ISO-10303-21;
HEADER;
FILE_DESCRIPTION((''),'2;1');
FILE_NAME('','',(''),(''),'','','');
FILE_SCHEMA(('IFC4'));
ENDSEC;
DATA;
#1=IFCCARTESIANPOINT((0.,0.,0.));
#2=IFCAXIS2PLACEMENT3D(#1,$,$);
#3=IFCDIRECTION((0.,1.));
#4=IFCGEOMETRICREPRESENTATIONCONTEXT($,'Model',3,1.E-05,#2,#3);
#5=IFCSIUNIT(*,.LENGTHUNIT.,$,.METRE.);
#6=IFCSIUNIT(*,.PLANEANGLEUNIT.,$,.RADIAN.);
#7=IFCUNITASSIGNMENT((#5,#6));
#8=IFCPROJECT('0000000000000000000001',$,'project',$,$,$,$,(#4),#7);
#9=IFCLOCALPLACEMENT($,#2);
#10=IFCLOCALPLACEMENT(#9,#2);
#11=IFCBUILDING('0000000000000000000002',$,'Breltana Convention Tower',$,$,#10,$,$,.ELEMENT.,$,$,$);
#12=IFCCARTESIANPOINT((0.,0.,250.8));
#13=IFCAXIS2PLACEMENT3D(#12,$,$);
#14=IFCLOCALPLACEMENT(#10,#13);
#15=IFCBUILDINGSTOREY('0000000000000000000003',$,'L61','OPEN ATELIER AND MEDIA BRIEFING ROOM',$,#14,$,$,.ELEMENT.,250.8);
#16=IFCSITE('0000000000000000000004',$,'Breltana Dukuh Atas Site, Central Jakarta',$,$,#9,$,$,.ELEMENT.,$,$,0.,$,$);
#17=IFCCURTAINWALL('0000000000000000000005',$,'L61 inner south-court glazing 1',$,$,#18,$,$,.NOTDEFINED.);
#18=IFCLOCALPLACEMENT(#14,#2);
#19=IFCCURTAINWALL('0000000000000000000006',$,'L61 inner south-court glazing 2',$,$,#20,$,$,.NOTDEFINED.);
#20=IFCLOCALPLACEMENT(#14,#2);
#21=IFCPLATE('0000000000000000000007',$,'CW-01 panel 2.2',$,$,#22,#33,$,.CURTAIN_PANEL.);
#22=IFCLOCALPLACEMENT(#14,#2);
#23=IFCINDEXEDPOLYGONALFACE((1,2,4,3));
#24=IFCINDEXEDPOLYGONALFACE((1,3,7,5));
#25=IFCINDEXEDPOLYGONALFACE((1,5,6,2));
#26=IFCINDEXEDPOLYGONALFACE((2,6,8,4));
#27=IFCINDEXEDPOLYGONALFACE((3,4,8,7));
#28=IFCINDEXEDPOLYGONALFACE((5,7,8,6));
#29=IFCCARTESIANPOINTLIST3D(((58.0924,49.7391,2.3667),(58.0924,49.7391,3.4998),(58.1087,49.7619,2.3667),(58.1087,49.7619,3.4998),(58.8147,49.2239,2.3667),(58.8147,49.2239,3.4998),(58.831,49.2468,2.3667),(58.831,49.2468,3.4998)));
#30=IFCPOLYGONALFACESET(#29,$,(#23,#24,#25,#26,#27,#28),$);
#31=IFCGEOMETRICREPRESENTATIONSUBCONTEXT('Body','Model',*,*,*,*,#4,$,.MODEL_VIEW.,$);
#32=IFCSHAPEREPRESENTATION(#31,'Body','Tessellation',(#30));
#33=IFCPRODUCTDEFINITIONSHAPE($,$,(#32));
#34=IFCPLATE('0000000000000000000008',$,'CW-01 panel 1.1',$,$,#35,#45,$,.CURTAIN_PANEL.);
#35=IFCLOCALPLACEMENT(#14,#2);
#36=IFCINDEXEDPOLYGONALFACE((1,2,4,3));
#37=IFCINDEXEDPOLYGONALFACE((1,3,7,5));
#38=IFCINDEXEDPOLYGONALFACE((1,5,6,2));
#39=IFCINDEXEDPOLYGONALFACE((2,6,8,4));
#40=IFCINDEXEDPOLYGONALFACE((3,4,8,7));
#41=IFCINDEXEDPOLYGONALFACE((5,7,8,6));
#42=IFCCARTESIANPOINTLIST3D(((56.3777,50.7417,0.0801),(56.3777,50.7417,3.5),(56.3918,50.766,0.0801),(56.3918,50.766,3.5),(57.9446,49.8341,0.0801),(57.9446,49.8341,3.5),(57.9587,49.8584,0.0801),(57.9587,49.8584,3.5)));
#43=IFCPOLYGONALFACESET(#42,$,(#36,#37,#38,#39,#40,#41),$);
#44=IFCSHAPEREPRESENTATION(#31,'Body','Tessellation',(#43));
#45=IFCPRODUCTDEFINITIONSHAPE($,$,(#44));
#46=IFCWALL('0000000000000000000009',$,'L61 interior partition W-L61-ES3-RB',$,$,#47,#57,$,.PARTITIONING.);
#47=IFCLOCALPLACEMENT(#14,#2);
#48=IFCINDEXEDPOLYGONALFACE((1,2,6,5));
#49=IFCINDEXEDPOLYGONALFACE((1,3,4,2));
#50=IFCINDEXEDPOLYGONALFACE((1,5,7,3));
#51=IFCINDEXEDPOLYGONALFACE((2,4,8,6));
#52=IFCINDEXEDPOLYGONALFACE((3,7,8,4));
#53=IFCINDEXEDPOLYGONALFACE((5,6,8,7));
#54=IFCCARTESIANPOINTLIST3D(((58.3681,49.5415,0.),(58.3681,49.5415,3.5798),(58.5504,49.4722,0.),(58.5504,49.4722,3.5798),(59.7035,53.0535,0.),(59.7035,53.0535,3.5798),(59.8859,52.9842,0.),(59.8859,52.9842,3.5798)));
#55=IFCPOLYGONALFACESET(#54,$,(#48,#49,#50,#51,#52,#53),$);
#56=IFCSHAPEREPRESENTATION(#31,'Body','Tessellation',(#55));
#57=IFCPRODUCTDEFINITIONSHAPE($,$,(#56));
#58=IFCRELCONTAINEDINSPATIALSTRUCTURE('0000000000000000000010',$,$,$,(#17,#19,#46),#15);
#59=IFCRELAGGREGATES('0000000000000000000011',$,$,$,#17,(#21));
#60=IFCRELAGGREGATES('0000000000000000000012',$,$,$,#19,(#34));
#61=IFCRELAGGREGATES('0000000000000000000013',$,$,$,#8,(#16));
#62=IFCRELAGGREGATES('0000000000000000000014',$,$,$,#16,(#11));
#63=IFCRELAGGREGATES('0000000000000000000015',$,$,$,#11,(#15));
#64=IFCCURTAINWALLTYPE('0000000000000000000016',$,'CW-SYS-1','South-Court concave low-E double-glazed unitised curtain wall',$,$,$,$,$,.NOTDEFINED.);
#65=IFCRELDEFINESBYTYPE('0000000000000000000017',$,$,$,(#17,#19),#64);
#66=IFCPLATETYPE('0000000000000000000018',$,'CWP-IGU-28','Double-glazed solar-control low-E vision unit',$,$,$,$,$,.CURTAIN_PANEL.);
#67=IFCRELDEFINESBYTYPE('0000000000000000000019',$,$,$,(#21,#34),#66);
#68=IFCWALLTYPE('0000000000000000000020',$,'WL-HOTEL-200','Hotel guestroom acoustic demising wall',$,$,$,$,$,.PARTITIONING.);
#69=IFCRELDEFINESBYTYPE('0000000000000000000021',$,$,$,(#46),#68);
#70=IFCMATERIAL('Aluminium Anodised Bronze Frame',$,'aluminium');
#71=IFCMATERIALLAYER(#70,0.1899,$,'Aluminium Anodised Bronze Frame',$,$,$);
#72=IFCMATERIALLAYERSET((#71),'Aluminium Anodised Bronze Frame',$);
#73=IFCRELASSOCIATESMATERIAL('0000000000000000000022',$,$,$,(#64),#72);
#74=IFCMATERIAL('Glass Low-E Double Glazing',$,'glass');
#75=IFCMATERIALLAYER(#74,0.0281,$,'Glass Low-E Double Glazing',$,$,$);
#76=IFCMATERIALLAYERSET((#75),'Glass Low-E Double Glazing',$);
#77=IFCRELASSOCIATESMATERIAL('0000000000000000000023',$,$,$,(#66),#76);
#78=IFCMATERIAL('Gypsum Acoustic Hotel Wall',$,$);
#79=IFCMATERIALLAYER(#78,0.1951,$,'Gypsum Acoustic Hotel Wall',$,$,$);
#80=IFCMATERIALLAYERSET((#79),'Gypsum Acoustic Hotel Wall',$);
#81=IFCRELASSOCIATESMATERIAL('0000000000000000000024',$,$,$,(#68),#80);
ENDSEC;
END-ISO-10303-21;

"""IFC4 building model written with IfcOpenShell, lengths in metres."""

from ifc_helpers import new_model, si_unit, direction, frame, frame_2d, origin, origin_2d, place, context, subcontext, project, spatial, rectangle, extrude, source, transform, mapped, material, layer, layer_set, type_object, element, aggregate, save


model = new_model("IFC4")

# Units and contexts
model_context = context("Model", 3, precision=1e-05, world=origin(), true_north=direction((0.0, 1.0)))
body_context = subcontext(model_context, "Body", "Model", "MODEL_VIEW")
ifc_project = project(units=[si_unit("LENGTHUNIT", "METRE"), si_unit("PLANEANGLEUNIT", "RADIAN")], contexts=[model_context])

# Site, building, storey
site_placement = place(None, origin())
site = spatial("IfcSite", under=ifc_project, at=site_placement, Name="Breltana Dukuh Atas Site, Central Jakarta", CompositionType="ELEMENT", RefElevation=0.0)
building_placement = place(site_placement, origin())
building = spatial("IfcBuilding", under=site, at=building_placement, Name="Breltana Convention Tower", CompositionType="ELEMENT")
storey_placement = place(building_placement, frame((0.0, 0.0, 250.8)))
storey = spatial("IfcBuildingStorey", under=building, at=storey_placement, Name="L61", Description="OPEN ATELIER AND MEDIA BRIEFING ROOM", CompositionType="ELEMENT", Elevation=250.8)

# Curtain walls
ifc_material_1 = material(Name="Aluminium Anodised Bronze Frame", Category="aluminium")
ifc_layer_1 = layer(ifc_material_1, 0.1899, Name="Aluminium Anodised Bronze Frame")
ifc_layer_set_1 = layer_set([ifc_layer_1], Name="Aluminium Anodised Bronze Frame")
curtain_wall_type = type_object("IfcCurtainWallType", Name="CW-SYS-1", Description="South-Court concave low-E double-glazed unitised curtain wall", PredefinedType="NOTDEFINED", material=ifc_layer_set_1)
curtain_wall_1_placement = place(storey_placement, origin())
curtain_wall_1 = element("IfcCurtainWall", 1, at=curtain_wall_1_placement, inside=storey, type_object=curtain_wall_type, Name="L61 inner south-court glazing 1", PredefinedType="NOTDEFINED")
curtain_wall_2_placement = place(storey_placement, origin())
curtain_wall_2 = element("IfcCurtainWall", 2, at=curtain_wall_2_placement, inside=storey, type_object=curtain_wall_type, Name="L61 inner south-court glazing 2", PredefinedType="NOTDEFINED")

# Plates
ifc_material_2 = material(Name="Glass Low-E Double Glazing", Category="glass")
ifc_layer_2 = layer(ifc_material_2, 0.0281, Name="Glass Low-E Double Glazing")
ifc_layer_set_2 = layer_set([ifc_layer_2], Name="Glass Low-E Double Glazing")
plate_type = type_object("IfcPlateType", Name="CWP-IGU-28", Description="Double-glazed solar-control low-E vision unit", PredefinedType="CURTAIN_PANEL", material=ifc_layer_set_2)
shared_shape_1 = source(origin(), body_context, "Body", "SweptSolid", [
    extrude(rectangle(XDim=0.8872, YDim=0.0281, at=origin_2d()), origin(), (0.0, 0.0, 1.0), 1.1331),
])
plate_1_placement = place(storey_placement, frame((58.4617, 49.4929, 2.3667), z_axis=(0.0, 0.0, 1.0), x_axis=(-0.814132, 0.580679, 0.0)))
plate_1 = element("IfcPlate", 3, at=plate_1_placement, type_object=plate_type, Name="CW-01 panel 2.2", PredefinedType="CURTAIN_PANEL", context=body_context, shape_type="MappedRepresentation", body=[
    mapped(shared_shape_1, transform((0.0, 0.0, 0.0), scale=1.0)),
])
aggregate(curtain_wall_1, [plate_1])
shared_shape_2 = source(origin(), body_context, "Body", "SweptSolid", [
    extrude(rectangle(XDim=1.8108, YDim=0.0281, at=origin_2d()), origin(), (0.0, 0.0, 1.0), 3.4199),
])
plate_2_placement = place(storey_placement, frame((57.1682, 50.3, 0.0801), z_axis=(0.0, 0.0, 1.0), x_axis=(-0.865337, 0.50119, 0.0)))
plate_2 = element("IfcPlate", 4, at=plate_2_placement, type_object=plate_type, Name="CW-01 panel 1.1", PredefinedType="CURTAIN_PANEL", context=body_context, shape_type="MappedRepresentation", body=[
    mapped(shared_shape_2, transform((0.0, 0.0, 0.0), scale=1.0)),
])
aggregate(curtain_wall_2, [plate_2])

# Wall
ifc_material_3 = material(Name="Gypsum Acoustic Hotel Wall")
ifc_layer_3 = layer(ifc_material_3, 0.1951, Name="Gypsum Acoustic Hotel Wall")
ifc_layer_set_3 = layer_set([ifc_layer_3], Name="Gypsum Acoustic Hotel Wall")
wall_type = type_object("IfcWallType", Name="WL-HOTEL-200", Description="Hotel guestroom acoustic demising wall", PredefinedType="PARTITIONING", material=ifc_layer_set_3)
shared_shape_3 = source(origin(), body_context, "Body", "SweptSolid", [
    extrude(rectangle(XDim=3.7573, YDim=0.1951, at=frame_2d((1.8787, 0.0))), origin(), (0.0, 0.0, 1.0), 3.5798),
])
wall_1_placement = place(storey_placement, frame((58.4592, 49.5068, 0.0), z_axis=(0.0, 0.0, 1.0), x_axis=(0.355428, 0.934704, 0.0)))
element("IfcWall", 5, at=wall_1_placement, inside=storey, type_object=wall_type, Name="L61 interior partition W-L61-ES3-RB", PredefinedType="PARTITIONING", context=body_context, shape_type="MappedRepresentation", body=[
    mapped(shared_shape_3, transform((0.0, 0.0, 0.0), scale=1.0)),
])

save(model, "model.ifc")
